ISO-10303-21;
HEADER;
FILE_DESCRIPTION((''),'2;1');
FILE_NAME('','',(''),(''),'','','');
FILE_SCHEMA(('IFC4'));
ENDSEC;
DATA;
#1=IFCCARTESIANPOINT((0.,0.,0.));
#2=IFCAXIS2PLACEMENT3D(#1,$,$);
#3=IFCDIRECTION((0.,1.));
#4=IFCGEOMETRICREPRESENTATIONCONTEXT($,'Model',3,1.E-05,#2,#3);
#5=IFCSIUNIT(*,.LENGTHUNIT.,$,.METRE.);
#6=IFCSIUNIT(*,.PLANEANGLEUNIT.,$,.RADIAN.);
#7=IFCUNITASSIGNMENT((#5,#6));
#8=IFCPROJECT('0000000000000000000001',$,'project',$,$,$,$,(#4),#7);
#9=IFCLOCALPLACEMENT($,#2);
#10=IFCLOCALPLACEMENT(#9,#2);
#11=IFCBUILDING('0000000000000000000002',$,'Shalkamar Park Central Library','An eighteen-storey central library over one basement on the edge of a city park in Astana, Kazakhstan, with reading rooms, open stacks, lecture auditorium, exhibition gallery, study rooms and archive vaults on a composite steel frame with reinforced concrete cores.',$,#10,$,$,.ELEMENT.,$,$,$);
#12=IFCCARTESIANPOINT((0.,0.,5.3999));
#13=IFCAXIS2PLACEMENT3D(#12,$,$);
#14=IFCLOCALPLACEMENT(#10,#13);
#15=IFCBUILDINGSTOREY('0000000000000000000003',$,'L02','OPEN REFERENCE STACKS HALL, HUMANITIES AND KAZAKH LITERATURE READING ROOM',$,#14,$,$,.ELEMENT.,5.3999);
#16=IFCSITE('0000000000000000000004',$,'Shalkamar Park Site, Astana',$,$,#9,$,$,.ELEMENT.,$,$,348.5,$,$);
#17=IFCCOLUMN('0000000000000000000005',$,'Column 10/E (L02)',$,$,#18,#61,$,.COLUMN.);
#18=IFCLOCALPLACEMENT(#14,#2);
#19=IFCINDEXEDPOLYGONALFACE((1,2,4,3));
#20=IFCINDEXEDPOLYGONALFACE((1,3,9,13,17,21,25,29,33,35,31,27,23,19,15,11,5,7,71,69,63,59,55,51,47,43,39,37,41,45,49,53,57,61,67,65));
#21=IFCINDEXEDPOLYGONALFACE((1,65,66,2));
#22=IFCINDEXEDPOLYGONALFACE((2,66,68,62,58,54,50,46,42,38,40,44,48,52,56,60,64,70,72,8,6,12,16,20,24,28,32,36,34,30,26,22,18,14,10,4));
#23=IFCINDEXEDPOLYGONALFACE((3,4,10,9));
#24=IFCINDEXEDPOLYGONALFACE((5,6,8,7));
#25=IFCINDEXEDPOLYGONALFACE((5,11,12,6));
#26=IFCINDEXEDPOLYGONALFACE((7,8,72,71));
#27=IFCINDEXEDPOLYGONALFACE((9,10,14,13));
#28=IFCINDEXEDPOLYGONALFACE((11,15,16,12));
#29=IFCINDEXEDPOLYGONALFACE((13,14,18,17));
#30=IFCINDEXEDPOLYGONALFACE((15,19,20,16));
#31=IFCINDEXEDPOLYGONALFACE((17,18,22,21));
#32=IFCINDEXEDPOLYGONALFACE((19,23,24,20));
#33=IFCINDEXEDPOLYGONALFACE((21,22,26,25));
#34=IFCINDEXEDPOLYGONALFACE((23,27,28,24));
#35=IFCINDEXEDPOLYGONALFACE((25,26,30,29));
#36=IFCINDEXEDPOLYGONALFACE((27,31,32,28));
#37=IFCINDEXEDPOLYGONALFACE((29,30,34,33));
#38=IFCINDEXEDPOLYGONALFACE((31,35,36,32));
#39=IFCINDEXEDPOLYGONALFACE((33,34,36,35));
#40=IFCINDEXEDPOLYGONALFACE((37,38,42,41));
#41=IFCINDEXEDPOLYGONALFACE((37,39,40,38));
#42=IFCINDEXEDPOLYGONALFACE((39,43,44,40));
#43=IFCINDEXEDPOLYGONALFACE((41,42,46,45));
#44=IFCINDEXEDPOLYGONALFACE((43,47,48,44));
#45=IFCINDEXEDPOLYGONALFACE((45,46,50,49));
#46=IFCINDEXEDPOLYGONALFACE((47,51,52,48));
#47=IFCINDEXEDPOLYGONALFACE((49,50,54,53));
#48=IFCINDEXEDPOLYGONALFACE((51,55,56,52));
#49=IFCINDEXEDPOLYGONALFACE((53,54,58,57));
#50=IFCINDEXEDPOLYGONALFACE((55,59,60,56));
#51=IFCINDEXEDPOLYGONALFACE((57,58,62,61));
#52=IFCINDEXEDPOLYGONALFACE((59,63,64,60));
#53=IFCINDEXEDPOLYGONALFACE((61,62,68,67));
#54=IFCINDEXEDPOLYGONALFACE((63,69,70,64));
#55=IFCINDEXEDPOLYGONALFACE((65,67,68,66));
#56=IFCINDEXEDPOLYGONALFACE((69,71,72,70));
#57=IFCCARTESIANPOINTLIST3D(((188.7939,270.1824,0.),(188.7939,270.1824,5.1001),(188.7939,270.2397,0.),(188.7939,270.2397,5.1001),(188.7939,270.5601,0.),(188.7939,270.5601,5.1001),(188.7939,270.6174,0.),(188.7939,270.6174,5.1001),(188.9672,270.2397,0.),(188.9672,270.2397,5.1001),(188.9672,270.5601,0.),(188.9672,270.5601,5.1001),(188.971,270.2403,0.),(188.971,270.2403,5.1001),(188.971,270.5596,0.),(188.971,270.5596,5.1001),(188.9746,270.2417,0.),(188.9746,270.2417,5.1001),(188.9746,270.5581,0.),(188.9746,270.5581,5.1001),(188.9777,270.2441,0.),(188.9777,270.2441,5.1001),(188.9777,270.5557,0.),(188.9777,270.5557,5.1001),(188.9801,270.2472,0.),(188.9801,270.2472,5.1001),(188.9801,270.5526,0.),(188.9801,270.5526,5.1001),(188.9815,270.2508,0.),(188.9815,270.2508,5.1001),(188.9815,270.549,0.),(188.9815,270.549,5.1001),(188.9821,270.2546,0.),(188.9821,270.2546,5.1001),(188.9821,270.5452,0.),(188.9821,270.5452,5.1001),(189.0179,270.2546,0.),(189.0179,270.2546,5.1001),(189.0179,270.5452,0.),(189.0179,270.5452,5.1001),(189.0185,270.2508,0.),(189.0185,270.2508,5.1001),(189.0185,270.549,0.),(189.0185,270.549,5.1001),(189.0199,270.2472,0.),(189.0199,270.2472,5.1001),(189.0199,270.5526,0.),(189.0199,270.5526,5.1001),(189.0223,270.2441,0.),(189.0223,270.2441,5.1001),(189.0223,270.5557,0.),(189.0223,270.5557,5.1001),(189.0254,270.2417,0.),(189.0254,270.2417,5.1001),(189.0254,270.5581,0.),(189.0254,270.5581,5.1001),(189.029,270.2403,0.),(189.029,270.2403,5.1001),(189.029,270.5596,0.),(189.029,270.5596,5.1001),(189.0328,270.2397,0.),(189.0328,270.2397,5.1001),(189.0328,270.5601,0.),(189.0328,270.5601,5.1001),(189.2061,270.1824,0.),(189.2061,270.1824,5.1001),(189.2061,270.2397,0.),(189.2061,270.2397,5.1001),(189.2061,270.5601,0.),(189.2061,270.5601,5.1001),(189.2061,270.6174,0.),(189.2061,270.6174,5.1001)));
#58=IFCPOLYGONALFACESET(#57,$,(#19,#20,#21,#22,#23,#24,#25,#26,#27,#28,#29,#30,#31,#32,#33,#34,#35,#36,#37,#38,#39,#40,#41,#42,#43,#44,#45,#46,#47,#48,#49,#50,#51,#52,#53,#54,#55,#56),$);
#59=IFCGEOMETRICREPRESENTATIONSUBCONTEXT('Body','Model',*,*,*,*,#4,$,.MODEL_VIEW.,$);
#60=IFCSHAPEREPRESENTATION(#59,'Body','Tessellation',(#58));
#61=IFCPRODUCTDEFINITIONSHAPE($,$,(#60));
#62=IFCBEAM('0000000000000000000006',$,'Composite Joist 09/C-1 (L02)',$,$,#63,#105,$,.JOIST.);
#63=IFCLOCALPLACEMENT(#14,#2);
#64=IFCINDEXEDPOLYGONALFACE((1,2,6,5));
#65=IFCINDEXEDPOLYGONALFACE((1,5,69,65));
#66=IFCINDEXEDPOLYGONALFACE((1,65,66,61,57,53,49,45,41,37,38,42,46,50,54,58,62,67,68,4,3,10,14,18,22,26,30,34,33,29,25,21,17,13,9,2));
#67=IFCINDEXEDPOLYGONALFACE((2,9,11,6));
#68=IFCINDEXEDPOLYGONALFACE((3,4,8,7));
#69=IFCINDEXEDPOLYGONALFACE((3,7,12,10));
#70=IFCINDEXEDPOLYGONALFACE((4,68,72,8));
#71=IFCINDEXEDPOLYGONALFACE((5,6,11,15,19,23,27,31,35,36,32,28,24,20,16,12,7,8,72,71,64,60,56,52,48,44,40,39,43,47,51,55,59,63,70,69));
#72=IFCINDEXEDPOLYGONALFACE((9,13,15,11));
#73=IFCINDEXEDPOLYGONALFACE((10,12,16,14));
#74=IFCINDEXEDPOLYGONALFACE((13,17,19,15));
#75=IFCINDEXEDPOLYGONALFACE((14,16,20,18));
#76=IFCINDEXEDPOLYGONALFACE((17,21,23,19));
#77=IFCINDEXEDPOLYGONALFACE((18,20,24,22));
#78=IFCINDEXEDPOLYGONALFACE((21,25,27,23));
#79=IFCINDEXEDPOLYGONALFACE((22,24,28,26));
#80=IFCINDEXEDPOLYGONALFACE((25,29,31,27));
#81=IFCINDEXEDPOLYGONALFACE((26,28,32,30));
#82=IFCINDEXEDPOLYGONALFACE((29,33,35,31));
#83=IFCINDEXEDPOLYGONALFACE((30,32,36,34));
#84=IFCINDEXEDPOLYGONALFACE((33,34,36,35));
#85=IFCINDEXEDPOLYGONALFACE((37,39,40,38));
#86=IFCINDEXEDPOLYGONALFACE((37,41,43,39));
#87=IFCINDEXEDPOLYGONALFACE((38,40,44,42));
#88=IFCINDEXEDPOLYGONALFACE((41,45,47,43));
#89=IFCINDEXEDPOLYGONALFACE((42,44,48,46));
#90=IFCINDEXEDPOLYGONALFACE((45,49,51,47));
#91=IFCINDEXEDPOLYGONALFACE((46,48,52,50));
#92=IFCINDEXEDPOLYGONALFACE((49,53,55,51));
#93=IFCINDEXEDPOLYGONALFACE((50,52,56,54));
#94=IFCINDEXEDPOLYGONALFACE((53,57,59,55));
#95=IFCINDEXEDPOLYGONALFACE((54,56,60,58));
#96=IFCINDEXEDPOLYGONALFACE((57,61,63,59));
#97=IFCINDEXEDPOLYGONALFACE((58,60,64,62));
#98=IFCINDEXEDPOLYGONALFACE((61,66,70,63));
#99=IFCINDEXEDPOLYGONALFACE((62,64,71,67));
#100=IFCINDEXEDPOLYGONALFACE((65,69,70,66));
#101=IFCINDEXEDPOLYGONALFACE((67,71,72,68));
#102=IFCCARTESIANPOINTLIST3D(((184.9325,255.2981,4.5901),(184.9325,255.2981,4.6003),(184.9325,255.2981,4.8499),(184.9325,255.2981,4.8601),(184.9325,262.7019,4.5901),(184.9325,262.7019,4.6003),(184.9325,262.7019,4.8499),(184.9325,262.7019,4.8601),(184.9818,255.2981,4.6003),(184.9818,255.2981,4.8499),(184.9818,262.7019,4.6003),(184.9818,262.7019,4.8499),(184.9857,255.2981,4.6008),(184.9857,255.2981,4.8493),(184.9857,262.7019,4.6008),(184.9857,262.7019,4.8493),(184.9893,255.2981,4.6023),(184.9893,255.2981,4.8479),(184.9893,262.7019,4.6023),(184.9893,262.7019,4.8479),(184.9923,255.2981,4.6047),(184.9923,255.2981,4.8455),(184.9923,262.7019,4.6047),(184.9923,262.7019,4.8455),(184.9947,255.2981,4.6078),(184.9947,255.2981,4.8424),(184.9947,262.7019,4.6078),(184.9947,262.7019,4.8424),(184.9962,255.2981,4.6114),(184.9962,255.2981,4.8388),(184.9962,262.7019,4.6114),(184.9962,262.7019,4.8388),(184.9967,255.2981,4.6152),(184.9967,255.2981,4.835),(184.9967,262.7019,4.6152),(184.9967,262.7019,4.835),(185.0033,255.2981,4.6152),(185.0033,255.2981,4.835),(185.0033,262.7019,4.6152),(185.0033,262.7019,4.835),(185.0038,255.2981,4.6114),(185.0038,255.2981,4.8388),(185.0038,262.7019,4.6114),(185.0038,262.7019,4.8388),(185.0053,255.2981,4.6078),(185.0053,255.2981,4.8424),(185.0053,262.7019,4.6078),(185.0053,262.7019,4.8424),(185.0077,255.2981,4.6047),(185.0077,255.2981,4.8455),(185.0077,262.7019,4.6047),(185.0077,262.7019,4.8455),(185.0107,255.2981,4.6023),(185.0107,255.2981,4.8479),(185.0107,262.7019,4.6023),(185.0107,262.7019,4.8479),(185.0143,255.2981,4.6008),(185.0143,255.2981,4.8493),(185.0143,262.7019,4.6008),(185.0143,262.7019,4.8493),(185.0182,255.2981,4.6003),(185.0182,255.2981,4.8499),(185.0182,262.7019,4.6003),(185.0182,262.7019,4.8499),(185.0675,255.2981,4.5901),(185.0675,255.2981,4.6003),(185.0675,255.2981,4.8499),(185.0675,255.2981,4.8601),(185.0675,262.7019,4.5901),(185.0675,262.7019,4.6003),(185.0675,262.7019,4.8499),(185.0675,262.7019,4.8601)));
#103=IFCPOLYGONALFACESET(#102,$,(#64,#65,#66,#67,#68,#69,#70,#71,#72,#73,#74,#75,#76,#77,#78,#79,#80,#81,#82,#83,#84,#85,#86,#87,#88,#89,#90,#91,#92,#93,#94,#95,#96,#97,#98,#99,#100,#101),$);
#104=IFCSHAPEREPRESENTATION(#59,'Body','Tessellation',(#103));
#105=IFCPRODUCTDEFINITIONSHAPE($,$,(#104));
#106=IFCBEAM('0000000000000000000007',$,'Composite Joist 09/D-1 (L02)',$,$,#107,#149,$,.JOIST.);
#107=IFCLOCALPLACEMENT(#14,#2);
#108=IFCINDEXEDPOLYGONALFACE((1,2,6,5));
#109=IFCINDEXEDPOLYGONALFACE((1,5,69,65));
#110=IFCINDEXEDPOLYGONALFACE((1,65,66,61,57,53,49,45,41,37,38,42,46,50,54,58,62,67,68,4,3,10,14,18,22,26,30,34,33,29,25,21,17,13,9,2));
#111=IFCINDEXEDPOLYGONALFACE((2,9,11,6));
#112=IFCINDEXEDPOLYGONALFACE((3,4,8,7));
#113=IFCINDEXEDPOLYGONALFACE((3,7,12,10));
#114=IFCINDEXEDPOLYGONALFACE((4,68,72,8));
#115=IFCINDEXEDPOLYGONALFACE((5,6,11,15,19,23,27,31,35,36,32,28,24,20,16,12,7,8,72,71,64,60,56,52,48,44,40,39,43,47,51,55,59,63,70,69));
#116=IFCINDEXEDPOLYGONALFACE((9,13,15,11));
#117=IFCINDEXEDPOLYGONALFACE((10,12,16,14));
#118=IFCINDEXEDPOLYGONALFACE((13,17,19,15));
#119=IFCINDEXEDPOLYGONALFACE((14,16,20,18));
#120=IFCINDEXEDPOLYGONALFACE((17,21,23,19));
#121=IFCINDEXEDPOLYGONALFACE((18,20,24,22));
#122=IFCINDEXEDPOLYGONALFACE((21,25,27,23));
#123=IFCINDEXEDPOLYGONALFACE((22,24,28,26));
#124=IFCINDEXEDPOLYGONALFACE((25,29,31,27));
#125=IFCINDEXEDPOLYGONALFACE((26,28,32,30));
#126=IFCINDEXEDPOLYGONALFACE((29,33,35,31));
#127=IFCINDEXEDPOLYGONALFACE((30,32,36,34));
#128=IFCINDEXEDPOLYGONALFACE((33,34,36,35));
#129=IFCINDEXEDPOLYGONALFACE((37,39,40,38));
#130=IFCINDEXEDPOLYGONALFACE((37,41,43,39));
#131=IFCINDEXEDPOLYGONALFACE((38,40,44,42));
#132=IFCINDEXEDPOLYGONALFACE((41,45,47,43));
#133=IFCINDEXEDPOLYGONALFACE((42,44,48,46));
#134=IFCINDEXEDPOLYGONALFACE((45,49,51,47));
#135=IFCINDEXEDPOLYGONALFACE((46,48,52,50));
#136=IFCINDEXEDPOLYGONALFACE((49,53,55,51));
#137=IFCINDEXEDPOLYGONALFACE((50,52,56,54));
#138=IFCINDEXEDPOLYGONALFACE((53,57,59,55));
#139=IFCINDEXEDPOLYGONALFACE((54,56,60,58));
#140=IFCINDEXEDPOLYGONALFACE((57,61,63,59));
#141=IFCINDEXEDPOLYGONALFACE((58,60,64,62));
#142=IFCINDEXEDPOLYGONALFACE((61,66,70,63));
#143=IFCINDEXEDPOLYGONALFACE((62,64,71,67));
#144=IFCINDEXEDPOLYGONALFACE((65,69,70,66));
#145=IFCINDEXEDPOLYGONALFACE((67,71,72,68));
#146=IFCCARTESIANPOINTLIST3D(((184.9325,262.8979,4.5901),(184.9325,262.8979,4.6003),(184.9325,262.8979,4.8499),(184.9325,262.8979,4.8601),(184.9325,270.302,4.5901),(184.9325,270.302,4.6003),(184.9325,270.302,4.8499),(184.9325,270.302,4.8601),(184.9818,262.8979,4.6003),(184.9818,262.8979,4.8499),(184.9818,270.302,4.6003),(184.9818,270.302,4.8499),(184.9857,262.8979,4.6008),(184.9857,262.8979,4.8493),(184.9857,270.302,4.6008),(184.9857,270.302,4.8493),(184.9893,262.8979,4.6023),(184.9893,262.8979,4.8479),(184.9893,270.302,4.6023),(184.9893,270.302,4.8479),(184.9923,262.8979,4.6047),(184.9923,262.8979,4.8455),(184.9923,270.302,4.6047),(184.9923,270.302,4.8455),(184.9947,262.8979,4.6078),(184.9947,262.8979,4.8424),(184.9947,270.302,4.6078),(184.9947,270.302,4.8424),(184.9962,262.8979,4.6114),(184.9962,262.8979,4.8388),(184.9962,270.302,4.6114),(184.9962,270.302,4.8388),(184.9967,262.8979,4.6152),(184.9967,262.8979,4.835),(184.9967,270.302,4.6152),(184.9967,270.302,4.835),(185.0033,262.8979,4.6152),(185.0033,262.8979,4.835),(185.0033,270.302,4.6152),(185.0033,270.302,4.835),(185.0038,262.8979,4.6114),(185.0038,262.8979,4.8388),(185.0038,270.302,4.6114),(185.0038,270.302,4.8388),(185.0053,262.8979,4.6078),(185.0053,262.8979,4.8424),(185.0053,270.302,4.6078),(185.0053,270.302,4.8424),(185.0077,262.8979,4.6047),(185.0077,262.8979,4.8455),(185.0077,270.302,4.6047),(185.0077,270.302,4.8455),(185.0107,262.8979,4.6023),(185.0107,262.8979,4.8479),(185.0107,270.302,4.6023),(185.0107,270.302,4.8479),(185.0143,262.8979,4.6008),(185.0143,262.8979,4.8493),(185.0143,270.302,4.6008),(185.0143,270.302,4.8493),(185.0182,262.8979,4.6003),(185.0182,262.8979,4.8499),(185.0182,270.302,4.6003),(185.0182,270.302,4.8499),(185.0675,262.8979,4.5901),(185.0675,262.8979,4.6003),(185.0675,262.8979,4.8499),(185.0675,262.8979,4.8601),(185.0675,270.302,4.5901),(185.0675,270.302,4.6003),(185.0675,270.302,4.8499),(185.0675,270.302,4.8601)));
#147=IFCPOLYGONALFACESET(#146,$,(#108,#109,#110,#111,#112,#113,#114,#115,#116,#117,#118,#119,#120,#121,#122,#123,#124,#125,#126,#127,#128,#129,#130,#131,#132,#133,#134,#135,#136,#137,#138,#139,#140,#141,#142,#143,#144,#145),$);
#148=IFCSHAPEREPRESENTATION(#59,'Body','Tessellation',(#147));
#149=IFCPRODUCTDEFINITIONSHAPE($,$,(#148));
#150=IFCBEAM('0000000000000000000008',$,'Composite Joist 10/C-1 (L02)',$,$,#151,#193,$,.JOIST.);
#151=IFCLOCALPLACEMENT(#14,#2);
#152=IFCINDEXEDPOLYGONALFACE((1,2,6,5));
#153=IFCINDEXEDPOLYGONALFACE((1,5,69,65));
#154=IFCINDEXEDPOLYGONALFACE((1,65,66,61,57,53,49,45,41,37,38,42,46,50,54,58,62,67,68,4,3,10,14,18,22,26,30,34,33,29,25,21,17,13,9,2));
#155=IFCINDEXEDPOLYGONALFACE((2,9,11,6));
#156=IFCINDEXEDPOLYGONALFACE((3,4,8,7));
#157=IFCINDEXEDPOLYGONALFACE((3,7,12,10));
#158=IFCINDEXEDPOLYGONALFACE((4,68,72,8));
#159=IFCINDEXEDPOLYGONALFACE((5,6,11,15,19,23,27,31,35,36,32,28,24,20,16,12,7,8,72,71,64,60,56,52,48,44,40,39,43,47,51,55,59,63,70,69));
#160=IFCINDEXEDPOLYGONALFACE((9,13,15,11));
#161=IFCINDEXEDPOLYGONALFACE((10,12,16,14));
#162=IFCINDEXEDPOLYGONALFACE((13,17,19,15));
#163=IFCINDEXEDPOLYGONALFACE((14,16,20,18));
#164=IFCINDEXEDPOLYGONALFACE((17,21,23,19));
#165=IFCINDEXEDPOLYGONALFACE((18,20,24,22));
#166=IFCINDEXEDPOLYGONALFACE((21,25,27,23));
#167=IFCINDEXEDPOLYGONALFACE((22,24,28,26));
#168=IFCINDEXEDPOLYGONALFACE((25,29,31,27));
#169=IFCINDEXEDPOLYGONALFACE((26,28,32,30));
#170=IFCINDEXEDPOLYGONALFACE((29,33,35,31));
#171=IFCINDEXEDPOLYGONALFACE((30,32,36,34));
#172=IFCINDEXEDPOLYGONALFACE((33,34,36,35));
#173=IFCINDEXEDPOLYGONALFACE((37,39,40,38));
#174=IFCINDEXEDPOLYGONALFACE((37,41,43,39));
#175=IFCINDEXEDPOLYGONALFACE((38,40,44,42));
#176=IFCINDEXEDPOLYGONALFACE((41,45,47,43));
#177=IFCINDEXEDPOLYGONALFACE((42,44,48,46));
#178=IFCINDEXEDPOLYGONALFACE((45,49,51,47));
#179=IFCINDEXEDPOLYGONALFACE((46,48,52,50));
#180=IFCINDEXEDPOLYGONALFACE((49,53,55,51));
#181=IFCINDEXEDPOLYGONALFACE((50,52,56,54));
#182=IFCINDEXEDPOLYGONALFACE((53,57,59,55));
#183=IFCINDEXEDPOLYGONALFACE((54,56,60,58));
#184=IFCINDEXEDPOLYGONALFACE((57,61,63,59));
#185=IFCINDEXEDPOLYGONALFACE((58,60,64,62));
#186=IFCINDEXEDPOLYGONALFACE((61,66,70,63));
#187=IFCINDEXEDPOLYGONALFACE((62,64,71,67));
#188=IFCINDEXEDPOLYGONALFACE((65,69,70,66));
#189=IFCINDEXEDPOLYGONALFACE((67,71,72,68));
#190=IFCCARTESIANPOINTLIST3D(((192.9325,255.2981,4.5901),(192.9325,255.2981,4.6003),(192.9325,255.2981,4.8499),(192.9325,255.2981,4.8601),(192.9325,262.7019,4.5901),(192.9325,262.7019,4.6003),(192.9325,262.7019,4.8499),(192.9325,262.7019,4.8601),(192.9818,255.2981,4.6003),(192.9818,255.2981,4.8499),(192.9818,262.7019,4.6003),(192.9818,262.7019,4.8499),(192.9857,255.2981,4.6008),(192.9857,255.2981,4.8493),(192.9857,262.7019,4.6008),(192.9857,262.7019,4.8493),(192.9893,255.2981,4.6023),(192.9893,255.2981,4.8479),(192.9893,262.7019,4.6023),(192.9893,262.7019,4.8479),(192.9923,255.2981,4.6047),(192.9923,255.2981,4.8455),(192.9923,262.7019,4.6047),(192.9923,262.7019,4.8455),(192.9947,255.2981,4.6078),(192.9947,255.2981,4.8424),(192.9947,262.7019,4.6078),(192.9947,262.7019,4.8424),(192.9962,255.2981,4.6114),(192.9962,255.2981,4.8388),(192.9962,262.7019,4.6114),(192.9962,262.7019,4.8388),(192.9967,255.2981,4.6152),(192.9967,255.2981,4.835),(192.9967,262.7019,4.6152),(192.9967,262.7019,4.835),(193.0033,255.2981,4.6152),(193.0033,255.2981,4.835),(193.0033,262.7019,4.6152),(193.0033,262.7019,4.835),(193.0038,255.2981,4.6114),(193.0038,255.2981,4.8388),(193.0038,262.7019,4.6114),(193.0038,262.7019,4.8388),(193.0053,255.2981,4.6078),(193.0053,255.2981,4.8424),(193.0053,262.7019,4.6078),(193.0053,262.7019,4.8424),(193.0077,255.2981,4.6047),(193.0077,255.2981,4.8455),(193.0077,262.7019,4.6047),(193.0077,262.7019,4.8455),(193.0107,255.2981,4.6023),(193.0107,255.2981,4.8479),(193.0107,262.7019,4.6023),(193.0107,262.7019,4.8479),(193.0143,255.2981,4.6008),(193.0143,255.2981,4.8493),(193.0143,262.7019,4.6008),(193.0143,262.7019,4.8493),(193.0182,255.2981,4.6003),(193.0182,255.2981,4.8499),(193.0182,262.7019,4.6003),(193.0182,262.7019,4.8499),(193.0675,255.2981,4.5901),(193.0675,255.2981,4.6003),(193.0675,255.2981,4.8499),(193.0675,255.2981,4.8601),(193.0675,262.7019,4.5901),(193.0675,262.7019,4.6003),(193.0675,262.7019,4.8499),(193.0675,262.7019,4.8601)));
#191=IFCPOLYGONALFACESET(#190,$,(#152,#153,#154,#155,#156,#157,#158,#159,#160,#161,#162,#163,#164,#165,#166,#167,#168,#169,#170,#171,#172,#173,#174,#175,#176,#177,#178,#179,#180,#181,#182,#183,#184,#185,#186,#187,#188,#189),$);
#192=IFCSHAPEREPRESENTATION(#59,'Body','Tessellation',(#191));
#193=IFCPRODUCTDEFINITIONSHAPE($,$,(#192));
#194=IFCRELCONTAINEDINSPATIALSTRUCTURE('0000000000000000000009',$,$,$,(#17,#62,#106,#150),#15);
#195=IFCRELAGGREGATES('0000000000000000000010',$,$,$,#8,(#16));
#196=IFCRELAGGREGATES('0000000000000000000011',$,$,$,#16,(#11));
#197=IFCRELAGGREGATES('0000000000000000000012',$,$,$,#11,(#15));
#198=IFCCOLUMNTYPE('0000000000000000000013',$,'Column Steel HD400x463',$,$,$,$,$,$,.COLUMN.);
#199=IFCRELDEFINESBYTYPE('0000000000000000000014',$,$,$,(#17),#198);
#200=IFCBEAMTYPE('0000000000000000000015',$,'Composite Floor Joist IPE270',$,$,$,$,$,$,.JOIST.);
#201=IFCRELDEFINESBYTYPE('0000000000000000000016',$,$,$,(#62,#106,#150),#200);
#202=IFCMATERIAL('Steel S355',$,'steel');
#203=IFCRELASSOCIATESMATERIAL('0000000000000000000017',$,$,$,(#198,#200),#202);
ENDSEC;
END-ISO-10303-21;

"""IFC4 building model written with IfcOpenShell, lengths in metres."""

from ifc_helpers import new_model, si_unit, direction, frame, origin, origin_2d, place, context, subcontext, project, spatial, i_section, extrude, material, material_profile, profile_set, type_object, element, save


model = new_model("IFC4")

# Units and contexts
model_context = context("Model", 3, precision=1e-05, world=origin(), true_north=direction((0.0, 1.0)))
body_context = subcontext(model_context, "Body", "Model", "MODEL_VIEW")
ifc_project = project(units=[si_unit("LENGTHUNIT", "METRE"), si_unit("PLANEANGLEUNIT", "RADIAN")], contexts=[model_context])

# Site, building, storey
site_placement = place(None, origin())
site = spatial("IfcSite", under=ifc_project, at=site_placement, Name="Shalkamar Park Site, Astana", CompositionType="ELEMENT", RefElevation=348.5)
building_placement = place(site_placement, origin())
building = spatial("IfcBuilding", under=site, at=building_placement, Name="Shalkamar Park Central Library", Description="An eighteen-storey central library over one basement on the edge of a city park in Astana, Kazakhstan, with reading rooms, open stacks, lecture auditorium, exhibition gallery, study rooms and archive vaults on a composite steel frame with reinforced concrete cores.", CompositionType="ELEMENT")
storey_placement = place(building_placement, frame((0.0, 0.0, 5.3999)))
storey = spatial("IfcBuildingStorey", under=building, at=storey_placement, Name="L02", Description="OPEN REFERENCE STACKS HALL, HUMANITIES AND KAZAKH LITERATURE READING ROOM", CompositionType="ELEMENT", Elevation=5.3999)

# Column
ifc_material_1 = material(Name="Steel S355", Category="steel")
ifc_material_profile_1 = material_profile(ifc_material_1, i_section(OverallWidth=0.4121, OverallDepth=0.4351, WebThickness=0.0359, FlangeThickness=0.0574, FilletRadius=0.0149, at=origin_2d()), Name="HD 400x463")
ifc_profile_set_1 = profile_set([ifc_material_profile_1], Name="Steel S355")
column_type = type_object("IfcColumnType", Name="Column Steel HD400x463", PredefinedType="COLUMN", material=ifc_profile_set_1)
for number, where, z_axis, x_axis, name in (
    (1, (189.0, 270.3999, 0.0), (0.0, 0.0, 1.0), (1.0, 0.0, 0.0), "Column 10/E (L02)"),
):
    element("IfcColumn", number, at=place(storey_placement, frame(where, z_axis=z_axis, x_axis=x_axis)), inside=storey, type_object=column_type, Name=name, PredefinedType="COLUMN", context=body_context, shape_type="SweptSolid", body=[
        extrude(i_section(OverallWidth=0.4121, OverallDepth=0.4351, WebThickness=0.0359, FlangeThickness=0.0574, FilletRadius=0.0149, at=origin_2d()), origin(), (0.0, 0.0, 1.0), 5.1001),
    ])

# Beams
ifc_material_profile_2 = material_profile(ifc_material_1, i_section(OverallWidth=0.135, OverallDepth=0.27, WebThickness=0.0066, FlangeThickness=0.0103, FilletRadius=0.0149, at=origin_2d()), Name="IPE 270")
ifc_profile_set_2 = profile_set([ifc_material_profile_2], Name="Steel S355")
beam_type_1 = type_object("IfcBeamType", Name="Composite Floor Joist IPE270", PredefinedType="JOIST", material=ifc_profile_set_2)
beam_1_placement = place(storey_placement, frame((185.0, 255.2981, 4.7251), z_axis=(0.0, 1.0, 0.0), x_axis=(-1.0, 0.0, 0.0)))
element("IfcBeam", 2, at=beam_1_placement, inside=storey, type_object=beam_type_1, Name="Composite Joist 09/C-1 (L02)", PredefinedType="JOIST", context=body_context, shape_type="SweptSolid", body=[
    extrude(i_section(OverallWidth=0.135, OverallDepth=0.27, WebThickness=0.0066, FlangeThickness=0.0103, FilletRadius=0.0149, at=origin_2d()), origin(), (0.0, 0.0, 1.0), 7.4038),
])
beam_2_placement = place(storey_placement, frame((185.0, 262.8979, 4.7251), z_axis=(0.0, 1.0, 0.0), x_axis=(-1.0, 0.0, 0.0)))
element("IfcBeam", 3, at=beam_2_placement, inside=storey, type_object=beam_type_1, Name="Composite Joist 09/D-1 (L02)", PredefinedType="JOIST", context=body_context, shape_type="SweptSolid", body=[
    extrude(i_section(OverallWidth=0.135, OverallDepth=0.27, WebThickness=0.0066, FlangeThickness=0.0103, FilletRadius=0.0149, at=origin_2d()), origin(), (0.0, 0.0, 1.0), 7.4041),
])
beam_3_placement = place(storey_placement, frame((193.0, 255.2981, 4.7251), z_axis=(0.0, 1.0, 0.0), x_axis=(-1.0, 0.0, 0.0)))
element("IfcBeam", 4, at=beam_3_placement, inside=storey, type_object=beam_type_1, Name="Composite Joist 10/C-1 (L02)", PredefinedType="JOIST", context=body_context, shape_type="SweptSolid", body=[
    extrude(i_section(OverallWidth=0.135, OverallDepth=0.27, WebThickness=0.0066, FlangeThickness=0.0103, FilletRadius=0.0149, at=origin_2d()), origin(), (0.0, 0.0, 1.0), 7.4038),
])

save(model, "model.ifc")
